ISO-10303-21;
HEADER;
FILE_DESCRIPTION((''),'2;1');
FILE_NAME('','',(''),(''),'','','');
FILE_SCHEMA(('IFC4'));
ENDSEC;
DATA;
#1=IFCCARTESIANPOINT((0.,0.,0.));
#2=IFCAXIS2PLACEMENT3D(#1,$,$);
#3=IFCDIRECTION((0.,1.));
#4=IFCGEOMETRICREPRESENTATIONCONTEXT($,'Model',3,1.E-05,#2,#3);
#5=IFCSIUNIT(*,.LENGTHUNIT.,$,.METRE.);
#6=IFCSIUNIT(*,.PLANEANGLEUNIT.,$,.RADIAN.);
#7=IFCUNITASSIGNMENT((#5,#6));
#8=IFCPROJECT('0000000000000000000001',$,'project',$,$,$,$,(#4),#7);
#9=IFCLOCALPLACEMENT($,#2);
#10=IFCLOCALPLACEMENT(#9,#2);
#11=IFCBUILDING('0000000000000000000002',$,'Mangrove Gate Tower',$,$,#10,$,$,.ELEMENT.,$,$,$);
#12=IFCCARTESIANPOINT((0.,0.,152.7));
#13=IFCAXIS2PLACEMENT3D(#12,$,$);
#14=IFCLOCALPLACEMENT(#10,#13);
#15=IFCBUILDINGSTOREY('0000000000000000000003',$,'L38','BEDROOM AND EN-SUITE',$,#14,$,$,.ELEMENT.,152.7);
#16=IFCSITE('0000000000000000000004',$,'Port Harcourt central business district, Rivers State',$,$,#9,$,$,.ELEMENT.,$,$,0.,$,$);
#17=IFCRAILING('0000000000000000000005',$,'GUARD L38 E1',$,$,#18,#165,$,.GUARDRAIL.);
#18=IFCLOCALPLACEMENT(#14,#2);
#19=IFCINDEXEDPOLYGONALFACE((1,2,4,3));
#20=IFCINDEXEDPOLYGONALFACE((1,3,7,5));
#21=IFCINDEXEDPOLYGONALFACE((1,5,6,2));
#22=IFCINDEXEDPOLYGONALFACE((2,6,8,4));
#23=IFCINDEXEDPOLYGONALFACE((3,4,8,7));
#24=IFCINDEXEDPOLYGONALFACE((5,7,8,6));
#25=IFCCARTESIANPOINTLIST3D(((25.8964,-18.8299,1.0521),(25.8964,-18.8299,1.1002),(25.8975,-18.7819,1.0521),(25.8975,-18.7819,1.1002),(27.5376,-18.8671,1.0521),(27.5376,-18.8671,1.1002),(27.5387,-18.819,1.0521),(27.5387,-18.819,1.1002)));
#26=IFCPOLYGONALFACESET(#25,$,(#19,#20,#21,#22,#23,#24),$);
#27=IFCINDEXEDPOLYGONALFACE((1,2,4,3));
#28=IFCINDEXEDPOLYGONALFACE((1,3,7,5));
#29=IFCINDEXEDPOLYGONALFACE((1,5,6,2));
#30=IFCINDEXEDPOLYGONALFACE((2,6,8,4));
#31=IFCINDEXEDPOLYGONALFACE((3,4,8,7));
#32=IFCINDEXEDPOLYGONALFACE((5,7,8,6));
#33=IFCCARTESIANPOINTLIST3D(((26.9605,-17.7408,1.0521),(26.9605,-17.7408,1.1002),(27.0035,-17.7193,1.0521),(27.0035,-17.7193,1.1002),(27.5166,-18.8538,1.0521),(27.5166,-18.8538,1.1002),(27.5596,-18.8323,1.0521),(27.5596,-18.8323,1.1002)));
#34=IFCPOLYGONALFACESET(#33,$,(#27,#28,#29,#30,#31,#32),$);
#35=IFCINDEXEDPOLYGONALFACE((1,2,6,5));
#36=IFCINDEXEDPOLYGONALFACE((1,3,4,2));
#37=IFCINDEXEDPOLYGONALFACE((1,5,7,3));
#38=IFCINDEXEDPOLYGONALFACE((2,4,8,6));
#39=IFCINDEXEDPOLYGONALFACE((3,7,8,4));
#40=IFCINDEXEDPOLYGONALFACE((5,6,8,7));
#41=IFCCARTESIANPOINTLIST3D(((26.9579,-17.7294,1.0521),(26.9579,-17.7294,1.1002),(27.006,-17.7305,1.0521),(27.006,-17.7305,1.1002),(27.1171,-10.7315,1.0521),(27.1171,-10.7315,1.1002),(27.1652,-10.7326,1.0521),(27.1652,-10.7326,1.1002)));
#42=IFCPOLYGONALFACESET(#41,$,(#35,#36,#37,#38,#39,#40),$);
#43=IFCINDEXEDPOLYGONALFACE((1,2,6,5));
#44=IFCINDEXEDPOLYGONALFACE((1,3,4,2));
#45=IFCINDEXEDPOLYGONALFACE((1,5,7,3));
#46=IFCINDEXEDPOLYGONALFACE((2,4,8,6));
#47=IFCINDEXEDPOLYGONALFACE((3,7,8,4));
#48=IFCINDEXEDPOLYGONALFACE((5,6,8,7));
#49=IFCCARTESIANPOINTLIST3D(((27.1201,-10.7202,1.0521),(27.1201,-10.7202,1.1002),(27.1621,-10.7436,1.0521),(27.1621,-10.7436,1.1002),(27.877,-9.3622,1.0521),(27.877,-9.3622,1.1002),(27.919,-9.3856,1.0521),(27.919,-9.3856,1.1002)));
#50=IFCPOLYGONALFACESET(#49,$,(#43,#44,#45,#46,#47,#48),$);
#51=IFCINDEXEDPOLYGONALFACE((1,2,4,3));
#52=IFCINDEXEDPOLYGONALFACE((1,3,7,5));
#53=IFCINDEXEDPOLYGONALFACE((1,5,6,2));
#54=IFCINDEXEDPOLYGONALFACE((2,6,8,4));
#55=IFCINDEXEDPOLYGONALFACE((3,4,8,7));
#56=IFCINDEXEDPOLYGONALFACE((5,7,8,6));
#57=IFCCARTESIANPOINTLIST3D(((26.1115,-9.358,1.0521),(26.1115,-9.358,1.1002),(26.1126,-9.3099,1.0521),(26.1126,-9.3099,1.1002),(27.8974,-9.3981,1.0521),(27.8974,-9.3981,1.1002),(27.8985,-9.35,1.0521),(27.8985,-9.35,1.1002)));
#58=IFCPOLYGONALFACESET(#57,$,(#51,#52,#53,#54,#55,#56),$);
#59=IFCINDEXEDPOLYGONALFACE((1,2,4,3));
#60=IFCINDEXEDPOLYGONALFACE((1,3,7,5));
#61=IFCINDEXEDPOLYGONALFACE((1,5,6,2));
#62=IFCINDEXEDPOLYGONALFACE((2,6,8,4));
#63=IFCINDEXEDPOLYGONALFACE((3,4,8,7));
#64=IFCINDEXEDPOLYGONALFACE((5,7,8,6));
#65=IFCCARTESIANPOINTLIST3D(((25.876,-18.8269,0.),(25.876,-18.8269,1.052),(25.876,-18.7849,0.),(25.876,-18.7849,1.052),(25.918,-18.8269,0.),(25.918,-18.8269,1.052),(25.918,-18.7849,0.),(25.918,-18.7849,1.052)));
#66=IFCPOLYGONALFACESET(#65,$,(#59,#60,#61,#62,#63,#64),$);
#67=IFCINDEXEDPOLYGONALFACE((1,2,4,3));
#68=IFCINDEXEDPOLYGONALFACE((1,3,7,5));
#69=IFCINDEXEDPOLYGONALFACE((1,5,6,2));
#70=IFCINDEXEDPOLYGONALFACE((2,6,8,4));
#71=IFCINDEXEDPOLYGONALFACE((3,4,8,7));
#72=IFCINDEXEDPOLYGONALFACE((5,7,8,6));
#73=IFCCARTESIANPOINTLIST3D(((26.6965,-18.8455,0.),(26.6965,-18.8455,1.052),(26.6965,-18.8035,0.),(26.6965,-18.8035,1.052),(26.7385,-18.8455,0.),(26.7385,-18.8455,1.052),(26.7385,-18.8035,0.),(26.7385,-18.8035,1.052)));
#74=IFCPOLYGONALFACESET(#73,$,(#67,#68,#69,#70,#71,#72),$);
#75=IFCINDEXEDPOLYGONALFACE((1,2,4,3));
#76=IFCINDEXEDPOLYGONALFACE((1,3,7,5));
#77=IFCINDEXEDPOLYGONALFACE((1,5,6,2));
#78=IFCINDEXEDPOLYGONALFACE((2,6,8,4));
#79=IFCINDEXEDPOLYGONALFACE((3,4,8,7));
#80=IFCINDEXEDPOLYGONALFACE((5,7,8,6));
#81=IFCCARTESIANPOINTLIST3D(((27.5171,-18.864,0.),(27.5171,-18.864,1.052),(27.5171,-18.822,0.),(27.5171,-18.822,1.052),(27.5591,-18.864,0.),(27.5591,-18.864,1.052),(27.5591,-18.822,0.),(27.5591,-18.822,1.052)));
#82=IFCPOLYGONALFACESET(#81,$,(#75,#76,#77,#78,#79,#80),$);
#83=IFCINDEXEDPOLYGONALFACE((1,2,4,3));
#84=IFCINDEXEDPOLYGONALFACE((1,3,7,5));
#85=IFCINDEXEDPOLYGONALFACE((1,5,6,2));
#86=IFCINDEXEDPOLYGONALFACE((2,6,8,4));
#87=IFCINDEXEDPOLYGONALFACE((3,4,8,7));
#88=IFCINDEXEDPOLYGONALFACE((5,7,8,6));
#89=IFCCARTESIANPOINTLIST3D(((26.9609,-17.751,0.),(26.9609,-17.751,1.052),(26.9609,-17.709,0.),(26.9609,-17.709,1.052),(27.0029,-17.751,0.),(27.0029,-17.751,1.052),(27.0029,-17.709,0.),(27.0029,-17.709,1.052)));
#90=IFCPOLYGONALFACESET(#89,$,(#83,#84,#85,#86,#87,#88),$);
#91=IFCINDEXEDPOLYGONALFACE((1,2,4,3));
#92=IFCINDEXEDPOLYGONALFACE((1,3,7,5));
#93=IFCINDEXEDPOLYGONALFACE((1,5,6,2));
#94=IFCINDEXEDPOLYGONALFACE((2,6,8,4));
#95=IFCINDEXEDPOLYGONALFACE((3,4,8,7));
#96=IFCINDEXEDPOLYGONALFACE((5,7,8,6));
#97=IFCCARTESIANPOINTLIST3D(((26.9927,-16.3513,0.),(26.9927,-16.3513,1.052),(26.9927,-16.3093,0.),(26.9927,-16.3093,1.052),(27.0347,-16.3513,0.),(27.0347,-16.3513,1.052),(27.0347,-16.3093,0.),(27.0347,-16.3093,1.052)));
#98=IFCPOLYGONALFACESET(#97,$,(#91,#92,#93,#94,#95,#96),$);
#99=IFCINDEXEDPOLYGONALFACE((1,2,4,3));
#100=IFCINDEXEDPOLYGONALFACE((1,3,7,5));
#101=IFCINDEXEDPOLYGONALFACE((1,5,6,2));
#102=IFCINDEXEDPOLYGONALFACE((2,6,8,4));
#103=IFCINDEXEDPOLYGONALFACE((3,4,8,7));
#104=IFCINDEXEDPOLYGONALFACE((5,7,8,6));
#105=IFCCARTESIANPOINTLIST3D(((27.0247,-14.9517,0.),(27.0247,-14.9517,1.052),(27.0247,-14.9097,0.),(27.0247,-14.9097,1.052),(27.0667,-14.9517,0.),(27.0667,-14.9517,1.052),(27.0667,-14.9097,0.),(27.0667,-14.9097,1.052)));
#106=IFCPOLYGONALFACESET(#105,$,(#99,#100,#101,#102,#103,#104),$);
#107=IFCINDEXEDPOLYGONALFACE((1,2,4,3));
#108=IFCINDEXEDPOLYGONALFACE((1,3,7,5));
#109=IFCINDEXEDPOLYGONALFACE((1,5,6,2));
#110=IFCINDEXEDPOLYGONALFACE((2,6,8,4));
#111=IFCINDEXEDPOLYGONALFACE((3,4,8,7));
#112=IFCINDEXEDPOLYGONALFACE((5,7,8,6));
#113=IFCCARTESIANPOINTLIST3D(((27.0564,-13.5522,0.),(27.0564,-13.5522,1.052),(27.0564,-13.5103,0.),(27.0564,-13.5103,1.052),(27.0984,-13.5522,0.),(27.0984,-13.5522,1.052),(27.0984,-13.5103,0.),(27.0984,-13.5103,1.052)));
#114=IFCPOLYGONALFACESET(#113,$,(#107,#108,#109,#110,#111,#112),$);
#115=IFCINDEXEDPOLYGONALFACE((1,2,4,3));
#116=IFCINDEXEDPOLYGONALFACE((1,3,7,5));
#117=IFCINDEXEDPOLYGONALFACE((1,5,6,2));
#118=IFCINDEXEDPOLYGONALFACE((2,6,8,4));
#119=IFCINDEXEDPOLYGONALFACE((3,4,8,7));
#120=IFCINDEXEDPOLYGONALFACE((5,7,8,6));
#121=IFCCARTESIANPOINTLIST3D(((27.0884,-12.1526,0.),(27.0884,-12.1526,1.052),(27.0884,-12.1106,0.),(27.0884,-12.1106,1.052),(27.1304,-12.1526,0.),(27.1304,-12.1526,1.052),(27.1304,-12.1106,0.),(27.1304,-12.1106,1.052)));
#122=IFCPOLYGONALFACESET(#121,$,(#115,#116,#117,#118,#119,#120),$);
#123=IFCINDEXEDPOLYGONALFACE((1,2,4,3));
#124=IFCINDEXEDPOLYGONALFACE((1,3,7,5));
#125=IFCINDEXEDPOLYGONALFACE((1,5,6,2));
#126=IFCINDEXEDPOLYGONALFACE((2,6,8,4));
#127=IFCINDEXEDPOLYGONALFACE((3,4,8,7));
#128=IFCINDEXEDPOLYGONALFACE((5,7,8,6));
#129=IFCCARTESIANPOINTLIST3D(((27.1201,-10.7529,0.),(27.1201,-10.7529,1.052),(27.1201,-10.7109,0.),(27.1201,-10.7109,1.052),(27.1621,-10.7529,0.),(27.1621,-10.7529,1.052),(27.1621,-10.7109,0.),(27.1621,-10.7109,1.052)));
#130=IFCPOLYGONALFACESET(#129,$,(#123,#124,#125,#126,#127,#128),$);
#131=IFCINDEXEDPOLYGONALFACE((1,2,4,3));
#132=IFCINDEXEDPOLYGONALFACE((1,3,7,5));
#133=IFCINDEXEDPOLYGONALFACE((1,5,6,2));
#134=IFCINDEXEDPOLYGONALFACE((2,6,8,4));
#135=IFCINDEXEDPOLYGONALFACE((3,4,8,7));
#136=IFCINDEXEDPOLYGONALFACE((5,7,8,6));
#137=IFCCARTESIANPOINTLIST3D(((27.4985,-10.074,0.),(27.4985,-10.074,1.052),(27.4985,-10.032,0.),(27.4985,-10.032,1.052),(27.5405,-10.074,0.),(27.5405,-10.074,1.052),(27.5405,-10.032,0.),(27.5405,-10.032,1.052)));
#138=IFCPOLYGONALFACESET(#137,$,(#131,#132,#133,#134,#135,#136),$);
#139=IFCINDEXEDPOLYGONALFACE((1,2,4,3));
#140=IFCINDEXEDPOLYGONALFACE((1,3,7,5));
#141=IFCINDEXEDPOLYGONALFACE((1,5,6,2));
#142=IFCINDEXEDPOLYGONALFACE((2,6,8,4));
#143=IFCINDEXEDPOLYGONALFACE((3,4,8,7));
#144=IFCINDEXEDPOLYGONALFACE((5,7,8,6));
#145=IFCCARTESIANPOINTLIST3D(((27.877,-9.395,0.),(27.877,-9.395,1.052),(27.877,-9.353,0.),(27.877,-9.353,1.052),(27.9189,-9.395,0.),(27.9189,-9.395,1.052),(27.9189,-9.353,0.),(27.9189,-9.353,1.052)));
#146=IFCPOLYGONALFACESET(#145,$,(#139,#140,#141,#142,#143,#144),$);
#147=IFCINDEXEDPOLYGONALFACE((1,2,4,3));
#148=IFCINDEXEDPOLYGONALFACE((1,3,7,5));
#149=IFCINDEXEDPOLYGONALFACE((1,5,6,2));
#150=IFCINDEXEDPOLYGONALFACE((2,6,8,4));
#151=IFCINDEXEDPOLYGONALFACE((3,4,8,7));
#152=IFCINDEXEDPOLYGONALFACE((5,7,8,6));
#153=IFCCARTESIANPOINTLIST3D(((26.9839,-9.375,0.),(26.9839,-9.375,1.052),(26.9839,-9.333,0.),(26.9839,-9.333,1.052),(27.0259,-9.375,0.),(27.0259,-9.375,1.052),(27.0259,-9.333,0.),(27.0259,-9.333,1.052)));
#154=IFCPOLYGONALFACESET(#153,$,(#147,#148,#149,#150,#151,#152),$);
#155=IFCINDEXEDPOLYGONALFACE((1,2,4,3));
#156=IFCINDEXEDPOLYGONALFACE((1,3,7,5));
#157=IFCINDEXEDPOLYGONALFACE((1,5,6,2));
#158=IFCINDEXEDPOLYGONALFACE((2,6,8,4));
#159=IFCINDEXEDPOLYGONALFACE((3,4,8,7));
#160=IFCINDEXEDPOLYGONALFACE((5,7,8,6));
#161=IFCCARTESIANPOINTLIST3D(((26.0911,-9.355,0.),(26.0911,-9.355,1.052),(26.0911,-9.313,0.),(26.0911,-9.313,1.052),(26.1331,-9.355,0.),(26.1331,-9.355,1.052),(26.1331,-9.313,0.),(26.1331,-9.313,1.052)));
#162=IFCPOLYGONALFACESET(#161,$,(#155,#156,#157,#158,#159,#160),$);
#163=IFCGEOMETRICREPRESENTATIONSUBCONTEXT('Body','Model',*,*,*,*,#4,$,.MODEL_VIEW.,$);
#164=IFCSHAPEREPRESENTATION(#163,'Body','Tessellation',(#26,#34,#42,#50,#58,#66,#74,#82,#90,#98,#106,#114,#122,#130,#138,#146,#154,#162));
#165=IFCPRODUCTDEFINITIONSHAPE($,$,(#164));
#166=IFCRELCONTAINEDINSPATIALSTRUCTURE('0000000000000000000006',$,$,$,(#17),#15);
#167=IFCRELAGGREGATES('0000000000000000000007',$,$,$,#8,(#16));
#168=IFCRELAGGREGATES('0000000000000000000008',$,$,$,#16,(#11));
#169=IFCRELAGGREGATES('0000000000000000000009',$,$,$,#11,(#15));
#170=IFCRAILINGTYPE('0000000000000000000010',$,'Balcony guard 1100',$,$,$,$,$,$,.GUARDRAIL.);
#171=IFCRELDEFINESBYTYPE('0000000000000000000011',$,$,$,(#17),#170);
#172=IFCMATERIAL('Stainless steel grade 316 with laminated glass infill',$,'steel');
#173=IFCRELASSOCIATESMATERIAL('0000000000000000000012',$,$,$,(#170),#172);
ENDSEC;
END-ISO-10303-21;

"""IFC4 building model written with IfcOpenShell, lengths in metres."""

from ifc_helpers import new_model, si_unit, direction, frame, origin, origin_2d, place, context, subcontext, project, spatial, rectangle, extrude, material, type_object, element, save


model = new_model("IFC4")

# Units and contexts
model_context = context("Model", 3, precision=1e-05, world=origin(), true_north=direction((0.0, 1.0)))
body_context = subcontext(model_context, "Body", "Model", "MODEL_VIEW")
ifc_project = project(units=[si_unit("LENGTHUNIT", "METRE"), si_unit("PLANEANGLEUNIT", "RADIAN")], contexts=[model_context])

# Site, building, storey
site_placement = place(None, origin())
site = spatial("IfcSite", under=ifc_project, at=site_placement, Name="Port Harcourt central business district, Rivers State", CompositionType="ELEMENT", RefElevation=0.0)
building_placement = place(site_placement, origin())
building = spatial("IfcBuilding", under=site, at=building_placement, Name="Mangrove Gate Tower", CompositionType="ELEMENT")
storey_placement = place(building_placement, frame((0.0, 0.0, 152.7)))
storey = spatial("IfcBuildingStorey", under=building, at=storey_placement, Name="L38", Description="BEDROOM AND EN-SUITE", CompositionType="ELEMENT", Elevation=152.7)

# Railing
ifc_material_1 = material(Name="Stainless steel grade 316 with laminated glass infill", Category="steel")
railing_type = type_object("IfcRailingType", Name="Balcony guard 1100", PredefinedType="GUARDRAIL", material=ifc_material_1)
railing_placement = place(storey_placement, frame((25.897, -18.8059, 0.0)))
element("IfcRailing", 1, at=railing_placement, inside=storey, type_object=railing_type, Name="GUARD L38 E1", PredefinedType="GUARDRAIL", context=body_context, shape_type="SweptSolid", body=[
    extrude(rectangle(XDim=0.0481, YDim=0.0481, at=origin_2d()), frame((0.0, 0.0, 1.0762), z_axis=(0.999744, -0.022607, 0.0), x_axis=(0.022607, 0.999744, 0.0)), (0.0, 0.0, 1.0), 1.6416),
    extrude(rectangle(XDim=0.0481, YDim=0.0481, at=origin_2d()), frame((1.6411, -0.0371, 1.0762), z_axis=(-0.446978, 0.894545, 0.0), x_axis=(-0.894545, -0.446978, 0.0)), (0.0, 0.0, 1.0), 1.2441),
    extrude(rectangle(XDim=0.0481, YDim=0.0481, at=origin_2d()), frame((1.085, 1.0759, 1.0762), z_axis=(0.02274, 0.999741, 0.0), x_axis=(-0.999741, 0.02274, 0.0)), (0.0, 0.0, 1.0), 6.9998),
    extrude(rectangle(XDim=0.0481, YDim=0.0481, at=origin_2d()), frame((1.2441, 8.074, 1.0762), z_axis=(0.486843, 0.87349, 0.0), x_axis=(-0.87349, 0.486843, 0.0)), (0.0, 0.0, 1.0), 1.5547),
    extrude(rectangle(XDim=0.0481, YDim=0.0481, at=origin_2d()), frame((2.001, 9.4319, 1.0762), z_axis=(-0.999749, 0.022414, 0.0), x_axis=(-0.022414, -0.999749, 0.0)), (0.0, 0.0, 1.0), 1.7864),
    extrude(rectangle(XDim=0.042, YDim=0.042, at=origin_2d()), origin(), (0.0, 0.0, 1.0), 1.052),
    extrude(rectangle(XDim=0.042, YDim=0.042, at=origin_2d()), frame((0.8206, -0.0186, 0.0)), (0.0, 0.0, 1.0), 1.052),
    extrude(rectangle(XDim=0.042, YDim=0.042, at=origin_2d()), frame((1.6411, -0.0371, 0.0)), (0.0, 0.0, 1.0), 1.052),
    extrude(rectangle(XDim=0.042, YDim=0.042, at=origin_2d()), frame((1.085, 1.0759, 0.0)), (0.0, 0.0, 1.0), 1.052),
    extrude(rectangle(XDim=0.042, YDim=0.042, at=origin_2d()), frame((1.1167, 2.4756, 0.0)), (0.0, 0.0, 1.0), 1.052),
    extrude(rectangle(XDim=0.042, YDim=0.042, at=origin_2d()), frame((1.1487, 3.8752, 0.0)), (0.0, 0.0, 1.0), 1.052),
    extrude(rectangle(XDim=0.042, YDim=0.042, at=origin_2d()), frame((1.1804, 5.2747, 0.0)), (0.0, 0.0, 1.0), 1.052),
    extrude(rectangle(XDim=0.042, YDim=0.042, at=origin_2d()), frame((1.2124, 6.6743, 0.0)), (0.0, 0.0, 1.0), 1.052),
    extrude(rectangle(XDim=0.042, YDim=0.042, at=origin_2d()), frame((1.2441, 8.074, 0.0)), (0.0, 0.0, 1.0), 1.052),
    extrude(rectangle(XDim=0.042, YDim=0.042, at=origin_2d()), frame((1.6226, 8.7529, 0.0)), (0.0, 0.0, 1.0), 1.052),
    extrude(rectangle(XDim=0.042, YDim=0.042, at=origin_2d()), frame((2.001, 9.4319, 0.0)), (0.0, 0.0, 1.0), 1.052),
    extrude(rectangle(XDim=0.042, YDim=0.042, at=origin_2d()), frame((1.1079, 9.4519, 0.0)), (0.0, 0.0, 1.0), 1.052),
    extrude(rectangle(XDim=0.042, YDim=0.042, at=origin_2d()), frame((0.2151, 9.4719, 0.0)), (0.0, 0.0, 1.0), 1.052),
])

save(model, "model.ifc")
